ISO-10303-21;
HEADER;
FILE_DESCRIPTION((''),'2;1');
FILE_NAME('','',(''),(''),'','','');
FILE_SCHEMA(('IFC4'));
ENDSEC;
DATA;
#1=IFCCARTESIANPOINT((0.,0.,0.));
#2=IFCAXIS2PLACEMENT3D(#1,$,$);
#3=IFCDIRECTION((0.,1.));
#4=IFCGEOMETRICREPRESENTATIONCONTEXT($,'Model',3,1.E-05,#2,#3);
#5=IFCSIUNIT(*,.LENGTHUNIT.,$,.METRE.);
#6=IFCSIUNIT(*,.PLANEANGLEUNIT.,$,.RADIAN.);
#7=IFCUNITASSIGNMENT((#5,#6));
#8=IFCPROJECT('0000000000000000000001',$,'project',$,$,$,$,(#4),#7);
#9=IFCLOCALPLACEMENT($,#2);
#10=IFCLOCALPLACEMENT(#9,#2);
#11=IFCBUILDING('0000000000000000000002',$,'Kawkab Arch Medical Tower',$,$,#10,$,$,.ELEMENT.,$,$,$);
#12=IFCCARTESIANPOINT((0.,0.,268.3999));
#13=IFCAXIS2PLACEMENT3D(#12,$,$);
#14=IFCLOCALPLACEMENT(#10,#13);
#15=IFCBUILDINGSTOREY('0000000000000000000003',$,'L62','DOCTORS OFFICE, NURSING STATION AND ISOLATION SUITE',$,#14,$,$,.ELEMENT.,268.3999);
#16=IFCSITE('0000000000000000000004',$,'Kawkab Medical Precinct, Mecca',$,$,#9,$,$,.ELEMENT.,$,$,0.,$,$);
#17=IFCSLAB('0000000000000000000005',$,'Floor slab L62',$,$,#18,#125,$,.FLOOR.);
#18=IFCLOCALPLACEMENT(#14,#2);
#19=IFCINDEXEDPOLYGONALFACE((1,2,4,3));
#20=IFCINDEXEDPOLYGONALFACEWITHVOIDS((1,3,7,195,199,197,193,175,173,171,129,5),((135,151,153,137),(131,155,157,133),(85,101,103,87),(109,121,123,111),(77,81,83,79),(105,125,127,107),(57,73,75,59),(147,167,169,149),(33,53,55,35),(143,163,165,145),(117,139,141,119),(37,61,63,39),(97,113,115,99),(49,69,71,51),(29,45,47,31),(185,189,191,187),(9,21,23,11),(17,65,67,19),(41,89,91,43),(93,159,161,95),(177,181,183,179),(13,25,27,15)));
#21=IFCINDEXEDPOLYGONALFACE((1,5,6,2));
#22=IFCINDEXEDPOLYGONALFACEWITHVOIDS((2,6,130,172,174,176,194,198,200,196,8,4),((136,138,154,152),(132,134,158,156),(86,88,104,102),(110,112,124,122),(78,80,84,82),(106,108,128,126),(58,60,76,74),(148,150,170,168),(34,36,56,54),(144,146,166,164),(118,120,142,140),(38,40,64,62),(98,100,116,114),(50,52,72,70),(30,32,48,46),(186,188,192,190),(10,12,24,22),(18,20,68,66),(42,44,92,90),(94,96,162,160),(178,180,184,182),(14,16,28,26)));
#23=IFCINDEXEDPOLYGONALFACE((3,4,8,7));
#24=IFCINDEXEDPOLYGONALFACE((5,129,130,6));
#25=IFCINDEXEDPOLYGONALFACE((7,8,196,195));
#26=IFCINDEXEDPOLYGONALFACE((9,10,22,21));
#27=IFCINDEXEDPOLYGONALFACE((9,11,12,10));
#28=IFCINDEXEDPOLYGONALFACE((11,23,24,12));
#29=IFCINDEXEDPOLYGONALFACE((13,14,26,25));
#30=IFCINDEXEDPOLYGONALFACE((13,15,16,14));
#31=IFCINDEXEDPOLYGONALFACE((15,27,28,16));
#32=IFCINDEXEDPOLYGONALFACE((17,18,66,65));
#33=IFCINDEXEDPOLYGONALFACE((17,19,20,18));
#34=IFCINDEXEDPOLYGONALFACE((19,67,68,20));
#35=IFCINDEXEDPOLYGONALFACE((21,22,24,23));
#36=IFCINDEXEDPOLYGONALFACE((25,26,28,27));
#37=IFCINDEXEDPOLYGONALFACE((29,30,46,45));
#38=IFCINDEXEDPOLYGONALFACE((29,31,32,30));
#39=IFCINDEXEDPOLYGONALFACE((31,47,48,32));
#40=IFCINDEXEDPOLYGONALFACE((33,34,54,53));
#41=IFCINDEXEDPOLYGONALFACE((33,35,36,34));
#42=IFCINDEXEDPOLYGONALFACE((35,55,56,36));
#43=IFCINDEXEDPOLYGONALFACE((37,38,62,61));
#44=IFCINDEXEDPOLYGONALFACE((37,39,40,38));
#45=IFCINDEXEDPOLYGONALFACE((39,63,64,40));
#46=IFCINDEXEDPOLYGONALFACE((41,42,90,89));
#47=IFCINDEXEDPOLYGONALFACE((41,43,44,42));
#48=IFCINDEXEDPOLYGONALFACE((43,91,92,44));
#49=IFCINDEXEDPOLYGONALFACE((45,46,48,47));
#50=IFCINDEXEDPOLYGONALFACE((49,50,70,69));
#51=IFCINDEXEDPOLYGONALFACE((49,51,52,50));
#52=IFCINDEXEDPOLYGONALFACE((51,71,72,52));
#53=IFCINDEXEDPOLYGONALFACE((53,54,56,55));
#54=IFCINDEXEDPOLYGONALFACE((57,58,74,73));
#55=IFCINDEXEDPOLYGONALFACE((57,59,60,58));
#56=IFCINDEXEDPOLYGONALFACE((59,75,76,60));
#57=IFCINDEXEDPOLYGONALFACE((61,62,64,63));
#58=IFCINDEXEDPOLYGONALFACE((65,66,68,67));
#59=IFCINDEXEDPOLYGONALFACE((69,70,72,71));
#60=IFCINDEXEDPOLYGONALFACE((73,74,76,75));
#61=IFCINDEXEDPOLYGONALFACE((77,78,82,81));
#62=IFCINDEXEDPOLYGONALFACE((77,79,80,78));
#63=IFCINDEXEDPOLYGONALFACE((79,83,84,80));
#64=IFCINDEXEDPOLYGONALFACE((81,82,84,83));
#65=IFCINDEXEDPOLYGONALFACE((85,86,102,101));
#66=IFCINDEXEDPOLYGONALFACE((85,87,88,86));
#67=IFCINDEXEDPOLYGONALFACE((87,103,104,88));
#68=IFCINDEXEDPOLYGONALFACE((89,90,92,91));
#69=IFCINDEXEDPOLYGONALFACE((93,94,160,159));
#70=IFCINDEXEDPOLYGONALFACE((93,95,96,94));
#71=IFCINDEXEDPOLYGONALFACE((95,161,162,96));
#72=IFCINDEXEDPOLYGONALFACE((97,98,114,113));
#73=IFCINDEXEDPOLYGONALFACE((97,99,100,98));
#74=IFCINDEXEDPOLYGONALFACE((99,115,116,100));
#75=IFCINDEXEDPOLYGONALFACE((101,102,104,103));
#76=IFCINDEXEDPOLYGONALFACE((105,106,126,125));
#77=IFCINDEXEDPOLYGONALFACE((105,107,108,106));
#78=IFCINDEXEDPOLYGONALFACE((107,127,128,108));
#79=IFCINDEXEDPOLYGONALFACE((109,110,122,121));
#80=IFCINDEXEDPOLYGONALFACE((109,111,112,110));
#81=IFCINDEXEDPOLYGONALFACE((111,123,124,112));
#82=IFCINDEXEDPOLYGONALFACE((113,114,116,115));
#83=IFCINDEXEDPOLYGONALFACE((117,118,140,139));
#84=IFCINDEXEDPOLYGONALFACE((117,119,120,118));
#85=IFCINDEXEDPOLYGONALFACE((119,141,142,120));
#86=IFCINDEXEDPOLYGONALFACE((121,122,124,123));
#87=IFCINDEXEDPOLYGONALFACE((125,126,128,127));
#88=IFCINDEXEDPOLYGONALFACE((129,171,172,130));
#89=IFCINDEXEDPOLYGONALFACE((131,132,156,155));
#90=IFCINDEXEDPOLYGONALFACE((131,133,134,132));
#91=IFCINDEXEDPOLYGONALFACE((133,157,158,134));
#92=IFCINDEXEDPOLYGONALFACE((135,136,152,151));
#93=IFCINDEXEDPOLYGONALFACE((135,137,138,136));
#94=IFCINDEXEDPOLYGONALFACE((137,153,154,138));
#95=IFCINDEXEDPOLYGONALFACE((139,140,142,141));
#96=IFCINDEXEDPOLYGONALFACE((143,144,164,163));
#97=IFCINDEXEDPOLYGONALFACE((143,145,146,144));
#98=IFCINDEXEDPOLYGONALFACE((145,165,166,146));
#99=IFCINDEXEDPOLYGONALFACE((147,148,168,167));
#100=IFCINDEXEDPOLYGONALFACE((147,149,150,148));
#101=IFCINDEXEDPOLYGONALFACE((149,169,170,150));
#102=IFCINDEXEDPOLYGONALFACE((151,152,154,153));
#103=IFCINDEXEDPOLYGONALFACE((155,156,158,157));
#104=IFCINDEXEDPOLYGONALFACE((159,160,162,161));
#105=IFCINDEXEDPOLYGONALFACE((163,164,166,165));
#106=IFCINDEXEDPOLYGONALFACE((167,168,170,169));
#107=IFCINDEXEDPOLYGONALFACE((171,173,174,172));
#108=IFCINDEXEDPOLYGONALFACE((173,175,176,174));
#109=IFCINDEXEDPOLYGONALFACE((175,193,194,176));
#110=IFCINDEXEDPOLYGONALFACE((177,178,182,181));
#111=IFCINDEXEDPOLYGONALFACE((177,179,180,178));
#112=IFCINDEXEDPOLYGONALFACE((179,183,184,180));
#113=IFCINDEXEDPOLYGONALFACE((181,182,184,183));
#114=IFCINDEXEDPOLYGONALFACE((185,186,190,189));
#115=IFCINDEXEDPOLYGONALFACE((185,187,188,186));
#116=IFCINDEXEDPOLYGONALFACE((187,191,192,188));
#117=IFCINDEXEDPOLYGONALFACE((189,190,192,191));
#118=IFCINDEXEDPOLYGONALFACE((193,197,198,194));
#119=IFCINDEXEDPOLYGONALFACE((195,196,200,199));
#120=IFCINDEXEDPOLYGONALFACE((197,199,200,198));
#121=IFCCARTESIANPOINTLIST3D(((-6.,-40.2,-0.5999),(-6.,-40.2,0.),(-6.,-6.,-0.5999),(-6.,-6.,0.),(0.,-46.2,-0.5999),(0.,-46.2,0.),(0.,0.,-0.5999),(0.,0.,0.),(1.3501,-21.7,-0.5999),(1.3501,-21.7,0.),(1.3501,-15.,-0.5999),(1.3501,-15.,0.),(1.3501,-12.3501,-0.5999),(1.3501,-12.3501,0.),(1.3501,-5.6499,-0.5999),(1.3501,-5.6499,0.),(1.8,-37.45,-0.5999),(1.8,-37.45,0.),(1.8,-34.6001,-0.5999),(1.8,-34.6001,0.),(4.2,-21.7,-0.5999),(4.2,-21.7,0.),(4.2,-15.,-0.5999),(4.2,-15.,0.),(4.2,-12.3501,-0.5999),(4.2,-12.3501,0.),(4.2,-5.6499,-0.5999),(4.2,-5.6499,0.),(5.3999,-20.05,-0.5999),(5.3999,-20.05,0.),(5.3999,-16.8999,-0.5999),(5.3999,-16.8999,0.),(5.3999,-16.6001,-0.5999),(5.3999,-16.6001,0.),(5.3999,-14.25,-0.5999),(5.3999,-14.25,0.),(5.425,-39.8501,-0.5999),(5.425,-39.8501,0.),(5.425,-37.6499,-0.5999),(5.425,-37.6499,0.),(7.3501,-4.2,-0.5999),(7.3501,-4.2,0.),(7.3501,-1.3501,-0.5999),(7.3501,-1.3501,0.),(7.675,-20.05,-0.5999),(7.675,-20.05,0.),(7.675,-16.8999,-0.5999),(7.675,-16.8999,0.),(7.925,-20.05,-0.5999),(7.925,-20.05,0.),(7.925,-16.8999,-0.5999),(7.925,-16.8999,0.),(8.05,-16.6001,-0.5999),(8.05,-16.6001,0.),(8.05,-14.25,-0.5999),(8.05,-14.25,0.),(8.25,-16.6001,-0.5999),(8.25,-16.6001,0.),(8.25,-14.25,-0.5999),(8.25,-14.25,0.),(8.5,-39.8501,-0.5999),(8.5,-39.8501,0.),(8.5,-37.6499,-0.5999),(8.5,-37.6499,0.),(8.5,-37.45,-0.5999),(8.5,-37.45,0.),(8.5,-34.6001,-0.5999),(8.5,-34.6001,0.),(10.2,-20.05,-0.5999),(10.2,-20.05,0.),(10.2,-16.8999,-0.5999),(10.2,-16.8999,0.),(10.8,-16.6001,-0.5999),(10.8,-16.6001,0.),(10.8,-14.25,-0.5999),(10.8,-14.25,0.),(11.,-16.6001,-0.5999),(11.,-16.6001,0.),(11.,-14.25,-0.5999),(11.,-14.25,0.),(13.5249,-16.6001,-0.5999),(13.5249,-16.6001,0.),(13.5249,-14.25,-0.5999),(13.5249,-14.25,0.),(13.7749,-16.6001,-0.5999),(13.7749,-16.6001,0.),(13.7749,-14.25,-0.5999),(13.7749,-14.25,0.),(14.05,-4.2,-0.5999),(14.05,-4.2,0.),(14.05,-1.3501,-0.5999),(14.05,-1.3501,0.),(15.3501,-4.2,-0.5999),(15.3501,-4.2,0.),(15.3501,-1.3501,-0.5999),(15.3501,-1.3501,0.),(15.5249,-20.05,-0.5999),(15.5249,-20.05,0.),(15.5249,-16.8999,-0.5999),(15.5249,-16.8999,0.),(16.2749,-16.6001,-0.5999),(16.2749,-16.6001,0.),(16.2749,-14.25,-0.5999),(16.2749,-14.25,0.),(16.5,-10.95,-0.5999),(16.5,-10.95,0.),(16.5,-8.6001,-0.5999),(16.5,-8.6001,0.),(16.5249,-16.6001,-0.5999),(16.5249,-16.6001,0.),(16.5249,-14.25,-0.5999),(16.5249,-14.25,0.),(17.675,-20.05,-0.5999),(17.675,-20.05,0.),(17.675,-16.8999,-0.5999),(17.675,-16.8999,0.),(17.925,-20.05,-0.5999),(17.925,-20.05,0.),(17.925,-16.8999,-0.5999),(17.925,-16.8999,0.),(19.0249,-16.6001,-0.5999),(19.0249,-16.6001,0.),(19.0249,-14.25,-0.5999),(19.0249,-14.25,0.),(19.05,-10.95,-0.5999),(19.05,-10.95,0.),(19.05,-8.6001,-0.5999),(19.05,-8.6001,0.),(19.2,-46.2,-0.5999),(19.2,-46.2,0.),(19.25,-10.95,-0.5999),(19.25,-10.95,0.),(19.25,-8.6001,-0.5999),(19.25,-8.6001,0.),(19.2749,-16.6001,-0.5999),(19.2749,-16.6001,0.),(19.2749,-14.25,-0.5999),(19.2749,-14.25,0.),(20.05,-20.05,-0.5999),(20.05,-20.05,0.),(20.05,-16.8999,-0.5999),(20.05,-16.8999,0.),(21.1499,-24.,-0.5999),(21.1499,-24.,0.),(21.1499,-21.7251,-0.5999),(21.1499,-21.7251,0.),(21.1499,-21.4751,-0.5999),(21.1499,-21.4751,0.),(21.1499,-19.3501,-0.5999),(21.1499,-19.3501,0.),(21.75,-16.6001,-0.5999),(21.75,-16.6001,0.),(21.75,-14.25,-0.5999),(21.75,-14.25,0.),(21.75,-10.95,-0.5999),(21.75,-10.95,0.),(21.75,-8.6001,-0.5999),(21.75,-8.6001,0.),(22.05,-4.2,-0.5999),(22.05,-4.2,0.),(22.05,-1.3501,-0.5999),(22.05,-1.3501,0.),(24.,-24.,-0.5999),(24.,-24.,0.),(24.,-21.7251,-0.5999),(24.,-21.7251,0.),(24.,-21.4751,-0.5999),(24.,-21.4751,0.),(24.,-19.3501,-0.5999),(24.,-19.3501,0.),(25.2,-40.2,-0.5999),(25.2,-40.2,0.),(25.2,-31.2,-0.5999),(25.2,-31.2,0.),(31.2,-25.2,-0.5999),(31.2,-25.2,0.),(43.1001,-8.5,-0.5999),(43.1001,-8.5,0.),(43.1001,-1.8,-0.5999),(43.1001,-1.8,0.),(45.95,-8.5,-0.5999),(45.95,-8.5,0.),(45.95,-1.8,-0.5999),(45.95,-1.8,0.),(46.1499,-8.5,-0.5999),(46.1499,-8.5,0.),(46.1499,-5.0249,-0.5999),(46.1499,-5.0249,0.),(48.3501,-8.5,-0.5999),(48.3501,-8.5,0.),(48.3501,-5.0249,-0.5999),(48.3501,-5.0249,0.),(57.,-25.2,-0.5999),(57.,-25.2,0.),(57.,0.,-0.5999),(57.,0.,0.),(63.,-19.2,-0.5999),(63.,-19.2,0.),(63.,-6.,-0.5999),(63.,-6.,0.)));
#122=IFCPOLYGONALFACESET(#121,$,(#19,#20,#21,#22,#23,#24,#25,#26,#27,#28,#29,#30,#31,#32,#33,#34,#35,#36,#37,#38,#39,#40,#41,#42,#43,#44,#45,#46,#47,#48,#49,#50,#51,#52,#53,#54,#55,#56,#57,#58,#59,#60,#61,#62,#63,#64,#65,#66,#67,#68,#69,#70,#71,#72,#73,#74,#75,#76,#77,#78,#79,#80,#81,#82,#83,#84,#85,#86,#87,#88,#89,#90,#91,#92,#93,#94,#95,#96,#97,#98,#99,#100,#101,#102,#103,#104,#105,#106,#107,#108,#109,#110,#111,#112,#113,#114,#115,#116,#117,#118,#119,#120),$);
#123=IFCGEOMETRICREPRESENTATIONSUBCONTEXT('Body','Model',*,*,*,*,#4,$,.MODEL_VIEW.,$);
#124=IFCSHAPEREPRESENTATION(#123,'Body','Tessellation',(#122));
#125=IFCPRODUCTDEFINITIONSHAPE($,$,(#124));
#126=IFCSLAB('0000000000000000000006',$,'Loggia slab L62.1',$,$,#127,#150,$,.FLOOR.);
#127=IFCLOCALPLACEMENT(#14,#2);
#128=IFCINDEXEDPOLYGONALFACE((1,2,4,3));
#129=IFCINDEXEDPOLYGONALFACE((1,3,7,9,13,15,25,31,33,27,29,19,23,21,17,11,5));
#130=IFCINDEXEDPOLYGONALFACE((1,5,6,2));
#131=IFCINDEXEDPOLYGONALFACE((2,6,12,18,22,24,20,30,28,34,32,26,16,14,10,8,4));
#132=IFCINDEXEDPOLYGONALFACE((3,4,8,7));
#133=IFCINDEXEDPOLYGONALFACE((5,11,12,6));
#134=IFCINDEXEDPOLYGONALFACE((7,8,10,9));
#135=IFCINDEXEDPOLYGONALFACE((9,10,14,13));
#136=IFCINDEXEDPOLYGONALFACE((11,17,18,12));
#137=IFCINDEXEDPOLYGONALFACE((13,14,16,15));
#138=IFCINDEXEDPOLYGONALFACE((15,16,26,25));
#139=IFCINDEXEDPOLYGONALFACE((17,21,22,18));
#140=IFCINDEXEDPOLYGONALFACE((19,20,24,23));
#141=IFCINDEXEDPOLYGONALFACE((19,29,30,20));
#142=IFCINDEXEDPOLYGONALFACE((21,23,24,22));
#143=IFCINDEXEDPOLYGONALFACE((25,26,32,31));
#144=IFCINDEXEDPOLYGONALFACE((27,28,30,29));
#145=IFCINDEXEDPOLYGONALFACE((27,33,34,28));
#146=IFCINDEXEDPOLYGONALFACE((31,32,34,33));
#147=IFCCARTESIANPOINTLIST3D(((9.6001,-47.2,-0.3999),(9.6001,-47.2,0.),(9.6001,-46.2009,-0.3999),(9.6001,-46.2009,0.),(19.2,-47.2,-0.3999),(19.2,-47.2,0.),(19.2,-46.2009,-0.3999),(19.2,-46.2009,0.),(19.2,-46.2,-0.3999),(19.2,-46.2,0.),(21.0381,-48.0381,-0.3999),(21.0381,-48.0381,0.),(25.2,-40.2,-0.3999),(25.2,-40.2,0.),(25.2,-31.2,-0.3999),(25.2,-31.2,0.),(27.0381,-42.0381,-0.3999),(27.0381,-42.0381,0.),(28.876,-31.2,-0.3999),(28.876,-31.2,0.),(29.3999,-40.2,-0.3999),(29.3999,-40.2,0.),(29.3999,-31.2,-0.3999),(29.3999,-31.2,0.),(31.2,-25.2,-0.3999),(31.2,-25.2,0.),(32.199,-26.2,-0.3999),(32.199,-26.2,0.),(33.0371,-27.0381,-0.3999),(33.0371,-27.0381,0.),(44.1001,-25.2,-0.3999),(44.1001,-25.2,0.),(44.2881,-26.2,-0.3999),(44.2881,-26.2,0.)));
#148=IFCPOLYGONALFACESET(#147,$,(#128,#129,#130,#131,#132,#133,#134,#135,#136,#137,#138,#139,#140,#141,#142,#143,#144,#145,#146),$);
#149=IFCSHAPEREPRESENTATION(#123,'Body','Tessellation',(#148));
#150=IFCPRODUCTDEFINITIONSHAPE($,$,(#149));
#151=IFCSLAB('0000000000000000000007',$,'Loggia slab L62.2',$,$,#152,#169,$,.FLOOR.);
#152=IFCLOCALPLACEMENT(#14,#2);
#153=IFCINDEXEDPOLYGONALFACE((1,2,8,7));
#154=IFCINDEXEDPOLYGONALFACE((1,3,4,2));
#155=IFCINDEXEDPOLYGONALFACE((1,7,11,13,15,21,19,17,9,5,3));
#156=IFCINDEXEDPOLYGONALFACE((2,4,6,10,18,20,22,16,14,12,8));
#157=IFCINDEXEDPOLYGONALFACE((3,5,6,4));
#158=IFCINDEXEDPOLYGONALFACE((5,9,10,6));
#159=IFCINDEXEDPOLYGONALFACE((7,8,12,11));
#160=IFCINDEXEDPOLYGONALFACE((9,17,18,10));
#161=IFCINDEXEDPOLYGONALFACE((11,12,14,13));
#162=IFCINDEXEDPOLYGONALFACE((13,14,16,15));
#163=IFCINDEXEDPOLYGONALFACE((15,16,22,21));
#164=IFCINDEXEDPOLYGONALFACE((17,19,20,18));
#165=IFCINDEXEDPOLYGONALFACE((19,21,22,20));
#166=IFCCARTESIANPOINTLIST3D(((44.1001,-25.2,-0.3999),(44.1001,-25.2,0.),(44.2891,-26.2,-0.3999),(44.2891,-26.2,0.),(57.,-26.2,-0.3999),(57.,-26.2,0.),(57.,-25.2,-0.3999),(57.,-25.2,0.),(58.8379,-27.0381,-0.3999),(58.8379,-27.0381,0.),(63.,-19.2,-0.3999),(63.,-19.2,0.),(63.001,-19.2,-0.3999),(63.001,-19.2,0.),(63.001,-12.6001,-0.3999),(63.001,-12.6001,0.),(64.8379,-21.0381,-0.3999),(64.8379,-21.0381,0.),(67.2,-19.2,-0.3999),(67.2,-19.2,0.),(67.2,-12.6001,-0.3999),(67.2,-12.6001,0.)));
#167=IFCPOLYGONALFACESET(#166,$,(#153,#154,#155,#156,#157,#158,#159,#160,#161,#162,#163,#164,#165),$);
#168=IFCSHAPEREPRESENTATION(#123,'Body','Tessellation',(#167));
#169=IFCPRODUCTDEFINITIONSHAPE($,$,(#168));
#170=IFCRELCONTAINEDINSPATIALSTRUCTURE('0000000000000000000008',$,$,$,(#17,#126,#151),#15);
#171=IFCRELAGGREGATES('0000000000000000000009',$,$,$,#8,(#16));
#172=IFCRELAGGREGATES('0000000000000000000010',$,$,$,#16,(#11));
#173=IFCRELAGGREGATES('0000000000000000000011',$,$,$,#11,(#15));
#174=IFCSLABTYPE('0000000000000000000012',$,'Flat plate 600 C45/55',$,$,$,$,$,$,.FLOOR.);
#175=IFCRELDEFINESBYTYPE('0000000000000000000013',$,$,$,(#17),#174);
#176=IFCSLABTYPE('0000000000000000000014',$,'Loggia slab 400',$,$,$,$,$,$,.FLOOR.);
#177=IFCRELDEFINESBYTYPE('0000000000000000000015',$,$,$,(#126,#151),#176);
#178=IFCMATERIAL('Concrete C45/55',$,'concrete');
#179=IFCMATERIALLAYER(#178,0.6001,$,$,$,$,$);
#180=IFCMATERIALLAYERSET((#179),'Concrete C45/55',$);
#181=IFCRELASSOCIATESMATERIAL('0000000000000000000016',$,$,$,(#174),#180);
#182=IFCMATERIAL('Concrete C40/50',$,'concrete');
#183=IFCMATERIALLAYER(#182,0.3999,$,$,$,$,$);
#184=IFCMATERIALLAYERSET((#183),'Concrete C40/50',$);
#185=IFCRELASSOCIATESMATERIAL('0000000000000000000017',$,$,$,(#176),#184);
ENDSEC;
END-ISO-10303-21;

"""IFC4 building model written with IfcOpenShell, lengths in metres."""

from ifc_helpers import new_model, si_unit, direction, frame, origin, place, context, subcontext, project, spatial, polyline, outline, extrude, material, layer, layer_set, type_object, element, save


model = new_model("IFC4")

# Units and contexts
model_context = context("Model", 3, precision=1e-05, world=origin(), true_north=direction((0.0, 1.0)))
body_context = subcontext(model_context, "Body", "Model", "MODEL_VIEW")
ifc_project = project(units=[si_unit("LENGTHUNIT", "METRE"), si_unit("PLANEANGLEUNIT", "RADIAN")], contexts=[model_context])

# Site, building, storey
site_placement = place(None, origin())
site = spatial("IfcSite", under=ifc_project, at=site_placement, Name="Kawkab Medical Precinct, Mecca", CompositionType="ELEMENT", RefElevation=0.0)
building_placement = place(site_placement, origin())
building = spatial("IfcBuilding", under=site, at=building_placement, Name="Kawkab Arch Medical Tower", CompositionType="ELEMENT")
storey_placement = place(building_placement, frame((0.0, 0.0, 268.3999)))
storey = spatial("IfcBuildingStorey", under=building, at=storey_placement, Name="L62", Description="DOCTORS OFFICE, NURSING STATION AND ISOLATION SUITE", CompositionType="ELEMENT", Elevation=268.3999)

# Slabs
ifc_material_1 = material(Name="Concrete C45/55", Category="concrete")
ifc_layer_1 = layer(ifc_material_1, 0.6001)
ifc_layer_set_1 = layer_set([ifc_layer_1], Name="Concrete C45/55")
slab_type_1 = type_object("IfcSlabType", Name="Flat plate 600 C45/55", PredefinedType="FLOOR", material=ifc_layer_set_1)
slab_1_placement = place(storey_placement, frame((0.0, 0.0, -0.5999)))
element("IfcSlab", 1, at=slab_1_placement, inside=storey, type_object=slab_type_1, Name="Floor slab L62", PredefinedType="FLOOR", context=body_context, shape_type="SweptSolid", body=[
    extrude(outline(polyline([(0.0, 0.0), (57.0, 0.0), (63.0, -6.0), (63.0, -19.2), (57.0, -25.2), (31.2, -25.2), (25.2, -31.2), (25.2, -40.2), (19.2, -46.2), (0.0, -46.2), (-6.0, -40.2), (-6.0, -6.0), (0.0, 0.0)]), holes=[polyline([(5.425, -37.6499), (5.425, -39.8501), (8.5, -39.8501), (8.5, -37.6499), (5.425, -37.6499)]), polyline([(8.5, -37.45), (8.5, -34.6001), (1.8, -34.6001), (1.8, -37.45), (8.5, -37.45)]), polyline([(5.3999, -20.05), (7.675, -20.05), (7.675, -16.8999), (5.3999, -16.8999), (5.3999, -20.05)]), polyline([(10.2, -20.05), (10.2, -16.8999), (7.925, -16.8999), (7.925, -20.05), (10.2, -20.05)]), polyline([(4.2, -21.7), (4.2, -15.0), (1.3501, -15.0), (1.3501, -21.7), (4.2, -21.7)]), polyline([(5.3999, -16.6001), (8.05, -16.6001), (8.05, -14.25), (5.3999, -14.25), (5.3999, -16.6001)]), polyline([(8.25, -16.6001), (10.8, -16.6001), (10.8, -14.25), (8.25, -14.25), (8.25, -16.6001)]), polyline([(11.0, -14.25), (11.0, -16.6001), (13.5249, -16.6001), (13.5249, -14.25), (11.0, -14.25)]), polyline([(13.7749, -16.6001), (16.2749, -16.6001), (16.2749, -14.25), (13.7749, -14.25), (13.7749, -16.6001)]), polyline([(4.2, -12.3501), (4.2, -5.6499), (1.3501, -5.6499), (1.3501, -12.3501), (4.2, -12.3501)]), polyline([(7.3501, -4.2), (14.05, -4.2), (14.05, -1.3501), (7.3501, -1.3501), (7.3501, -4.2)]), polyline([(24.0, -21.7251), (21.1499, -21.7251), (21.1499, -24.0), (24.0, -24.0), (24.0, -21.7251)]), polyline([(24.0, -19.3501), (21.1499, -19.3501), (21.1499, -21.4751), (24.0, -21.4751), (24.0, -19.3501)]), polyline([(17.675, -16.8999), (15.5249, -16.8999), (15.5249, -20.05), (17.675, -20.05), (17.675, -16.8999)]), polyline([(20.05, -20.05), (20.05, -16.8999), (17.925, -16.8999), (17.925, -20.05), (20.05, -20.05)]), polyline([(19.0249, -16.6001), (19.0249, -14.25), (16.5249, -14.25), (16.5249, -16.6001), (19.0249, -16.6001)]), polyline([(21.75, -16.6001), (21.75, -14.25), (19.2749, -14.25), (19.2749, -16.6001), (21.75, -16.6001)]), polyline([(19.05, -8.6001), (16.5, -8.6001), (16.5, -10.95), (19.05, -10.95), (19.05, -8.6001)]), polyline([(21.75, -10.95), (21.75, -8.6001), (19.25, -8.6001), (19.25, -10.95), (21.75, -10.95)]), polyline([(46.1499, -8.5), (48.3501, -8.5), (48.3501, -5.0249), (46.1499, -5.0249), (46.1499, -8.5)]), polyline([(43.1001, -1.8), (43.1001, -8.5), (45.95, -8.5), (45.95, -1.8), (43.1001, -1.8)]), polyline([(22.05, -1.3501), (15.3501, -1.3501), (15.3501, -4.2), (22.05, -4.2), (22.05, -1.3501)])]), origin(), (0.0, 0.0, 1.0), 0.5999),
])
ifc_material_2 = material(Name="Concrete C40/50", Category="concrete")
ifc_layer_2 = layer(ifc_material_2, 0.3999)
ifc_layer_set_2 = layer_set([ifc_layer_2], Name="Concrete C40/50")
slab_type_2 = type_object("IfcSlabType", Name="Loggia slab 400", PredefinedType="FLOOR", material=ifc_layer_set_2)
placement_1 = place(storey_placement, frame((0.0, 0.0, -0.3999)))
element("IfcSlab", 2, at=placement_1, inside=storey, type_object=slab_type_2, Name="Loggia slab L62.1", PredefinedType="FLOOR", context=body_context, shape_type="SweptSolid", body=[
    extrude(outline(polyline([(9.6001, -46.2009), (19.2, -46.2009), (19.2, -46.2), (25.2, -40.2), (25.2, -31.2), (31.2, -25.2), (44.1001, -25.2), (44.2881, -26.2), (32.199, -26.2), (33.0371, -27.0381), (28.876, -31.2), (29.3999, -31.2), (29.3999, -40.2), (27.0381, -42.0381), (21.0381, -48.0381), (19.2, -47.2), (9.6001, -47.2), (9.6001, -46.2009)])), origin(), (0.0, 0.0, 1.0), 0.3999),
])
element("IfcSlab", 3, at=placement_1, inside=storey, type_object=slab_type_2, Name="Loggia slab L62.2", PredefinedType="FLOOR", context=body_context, shape_type="SweptSolid", body=[
    extrude(outline(polyline([(64.8379, -21.0381), (58.8379, -27.0381), (57.0, -26.2), (44.2891, -26.2), (44.1001, -25.2), (57.0, -25.2), (63.0, -19.2), (63.001, -19.2), (63.001, -12.6001), (67.2, -12.6001), (67.2, -19.2), (64.8379, -21.0381)])), origin(), (0.0, 0.0, 1.0), 0.3999),
])

save(model, "model.ifc")
